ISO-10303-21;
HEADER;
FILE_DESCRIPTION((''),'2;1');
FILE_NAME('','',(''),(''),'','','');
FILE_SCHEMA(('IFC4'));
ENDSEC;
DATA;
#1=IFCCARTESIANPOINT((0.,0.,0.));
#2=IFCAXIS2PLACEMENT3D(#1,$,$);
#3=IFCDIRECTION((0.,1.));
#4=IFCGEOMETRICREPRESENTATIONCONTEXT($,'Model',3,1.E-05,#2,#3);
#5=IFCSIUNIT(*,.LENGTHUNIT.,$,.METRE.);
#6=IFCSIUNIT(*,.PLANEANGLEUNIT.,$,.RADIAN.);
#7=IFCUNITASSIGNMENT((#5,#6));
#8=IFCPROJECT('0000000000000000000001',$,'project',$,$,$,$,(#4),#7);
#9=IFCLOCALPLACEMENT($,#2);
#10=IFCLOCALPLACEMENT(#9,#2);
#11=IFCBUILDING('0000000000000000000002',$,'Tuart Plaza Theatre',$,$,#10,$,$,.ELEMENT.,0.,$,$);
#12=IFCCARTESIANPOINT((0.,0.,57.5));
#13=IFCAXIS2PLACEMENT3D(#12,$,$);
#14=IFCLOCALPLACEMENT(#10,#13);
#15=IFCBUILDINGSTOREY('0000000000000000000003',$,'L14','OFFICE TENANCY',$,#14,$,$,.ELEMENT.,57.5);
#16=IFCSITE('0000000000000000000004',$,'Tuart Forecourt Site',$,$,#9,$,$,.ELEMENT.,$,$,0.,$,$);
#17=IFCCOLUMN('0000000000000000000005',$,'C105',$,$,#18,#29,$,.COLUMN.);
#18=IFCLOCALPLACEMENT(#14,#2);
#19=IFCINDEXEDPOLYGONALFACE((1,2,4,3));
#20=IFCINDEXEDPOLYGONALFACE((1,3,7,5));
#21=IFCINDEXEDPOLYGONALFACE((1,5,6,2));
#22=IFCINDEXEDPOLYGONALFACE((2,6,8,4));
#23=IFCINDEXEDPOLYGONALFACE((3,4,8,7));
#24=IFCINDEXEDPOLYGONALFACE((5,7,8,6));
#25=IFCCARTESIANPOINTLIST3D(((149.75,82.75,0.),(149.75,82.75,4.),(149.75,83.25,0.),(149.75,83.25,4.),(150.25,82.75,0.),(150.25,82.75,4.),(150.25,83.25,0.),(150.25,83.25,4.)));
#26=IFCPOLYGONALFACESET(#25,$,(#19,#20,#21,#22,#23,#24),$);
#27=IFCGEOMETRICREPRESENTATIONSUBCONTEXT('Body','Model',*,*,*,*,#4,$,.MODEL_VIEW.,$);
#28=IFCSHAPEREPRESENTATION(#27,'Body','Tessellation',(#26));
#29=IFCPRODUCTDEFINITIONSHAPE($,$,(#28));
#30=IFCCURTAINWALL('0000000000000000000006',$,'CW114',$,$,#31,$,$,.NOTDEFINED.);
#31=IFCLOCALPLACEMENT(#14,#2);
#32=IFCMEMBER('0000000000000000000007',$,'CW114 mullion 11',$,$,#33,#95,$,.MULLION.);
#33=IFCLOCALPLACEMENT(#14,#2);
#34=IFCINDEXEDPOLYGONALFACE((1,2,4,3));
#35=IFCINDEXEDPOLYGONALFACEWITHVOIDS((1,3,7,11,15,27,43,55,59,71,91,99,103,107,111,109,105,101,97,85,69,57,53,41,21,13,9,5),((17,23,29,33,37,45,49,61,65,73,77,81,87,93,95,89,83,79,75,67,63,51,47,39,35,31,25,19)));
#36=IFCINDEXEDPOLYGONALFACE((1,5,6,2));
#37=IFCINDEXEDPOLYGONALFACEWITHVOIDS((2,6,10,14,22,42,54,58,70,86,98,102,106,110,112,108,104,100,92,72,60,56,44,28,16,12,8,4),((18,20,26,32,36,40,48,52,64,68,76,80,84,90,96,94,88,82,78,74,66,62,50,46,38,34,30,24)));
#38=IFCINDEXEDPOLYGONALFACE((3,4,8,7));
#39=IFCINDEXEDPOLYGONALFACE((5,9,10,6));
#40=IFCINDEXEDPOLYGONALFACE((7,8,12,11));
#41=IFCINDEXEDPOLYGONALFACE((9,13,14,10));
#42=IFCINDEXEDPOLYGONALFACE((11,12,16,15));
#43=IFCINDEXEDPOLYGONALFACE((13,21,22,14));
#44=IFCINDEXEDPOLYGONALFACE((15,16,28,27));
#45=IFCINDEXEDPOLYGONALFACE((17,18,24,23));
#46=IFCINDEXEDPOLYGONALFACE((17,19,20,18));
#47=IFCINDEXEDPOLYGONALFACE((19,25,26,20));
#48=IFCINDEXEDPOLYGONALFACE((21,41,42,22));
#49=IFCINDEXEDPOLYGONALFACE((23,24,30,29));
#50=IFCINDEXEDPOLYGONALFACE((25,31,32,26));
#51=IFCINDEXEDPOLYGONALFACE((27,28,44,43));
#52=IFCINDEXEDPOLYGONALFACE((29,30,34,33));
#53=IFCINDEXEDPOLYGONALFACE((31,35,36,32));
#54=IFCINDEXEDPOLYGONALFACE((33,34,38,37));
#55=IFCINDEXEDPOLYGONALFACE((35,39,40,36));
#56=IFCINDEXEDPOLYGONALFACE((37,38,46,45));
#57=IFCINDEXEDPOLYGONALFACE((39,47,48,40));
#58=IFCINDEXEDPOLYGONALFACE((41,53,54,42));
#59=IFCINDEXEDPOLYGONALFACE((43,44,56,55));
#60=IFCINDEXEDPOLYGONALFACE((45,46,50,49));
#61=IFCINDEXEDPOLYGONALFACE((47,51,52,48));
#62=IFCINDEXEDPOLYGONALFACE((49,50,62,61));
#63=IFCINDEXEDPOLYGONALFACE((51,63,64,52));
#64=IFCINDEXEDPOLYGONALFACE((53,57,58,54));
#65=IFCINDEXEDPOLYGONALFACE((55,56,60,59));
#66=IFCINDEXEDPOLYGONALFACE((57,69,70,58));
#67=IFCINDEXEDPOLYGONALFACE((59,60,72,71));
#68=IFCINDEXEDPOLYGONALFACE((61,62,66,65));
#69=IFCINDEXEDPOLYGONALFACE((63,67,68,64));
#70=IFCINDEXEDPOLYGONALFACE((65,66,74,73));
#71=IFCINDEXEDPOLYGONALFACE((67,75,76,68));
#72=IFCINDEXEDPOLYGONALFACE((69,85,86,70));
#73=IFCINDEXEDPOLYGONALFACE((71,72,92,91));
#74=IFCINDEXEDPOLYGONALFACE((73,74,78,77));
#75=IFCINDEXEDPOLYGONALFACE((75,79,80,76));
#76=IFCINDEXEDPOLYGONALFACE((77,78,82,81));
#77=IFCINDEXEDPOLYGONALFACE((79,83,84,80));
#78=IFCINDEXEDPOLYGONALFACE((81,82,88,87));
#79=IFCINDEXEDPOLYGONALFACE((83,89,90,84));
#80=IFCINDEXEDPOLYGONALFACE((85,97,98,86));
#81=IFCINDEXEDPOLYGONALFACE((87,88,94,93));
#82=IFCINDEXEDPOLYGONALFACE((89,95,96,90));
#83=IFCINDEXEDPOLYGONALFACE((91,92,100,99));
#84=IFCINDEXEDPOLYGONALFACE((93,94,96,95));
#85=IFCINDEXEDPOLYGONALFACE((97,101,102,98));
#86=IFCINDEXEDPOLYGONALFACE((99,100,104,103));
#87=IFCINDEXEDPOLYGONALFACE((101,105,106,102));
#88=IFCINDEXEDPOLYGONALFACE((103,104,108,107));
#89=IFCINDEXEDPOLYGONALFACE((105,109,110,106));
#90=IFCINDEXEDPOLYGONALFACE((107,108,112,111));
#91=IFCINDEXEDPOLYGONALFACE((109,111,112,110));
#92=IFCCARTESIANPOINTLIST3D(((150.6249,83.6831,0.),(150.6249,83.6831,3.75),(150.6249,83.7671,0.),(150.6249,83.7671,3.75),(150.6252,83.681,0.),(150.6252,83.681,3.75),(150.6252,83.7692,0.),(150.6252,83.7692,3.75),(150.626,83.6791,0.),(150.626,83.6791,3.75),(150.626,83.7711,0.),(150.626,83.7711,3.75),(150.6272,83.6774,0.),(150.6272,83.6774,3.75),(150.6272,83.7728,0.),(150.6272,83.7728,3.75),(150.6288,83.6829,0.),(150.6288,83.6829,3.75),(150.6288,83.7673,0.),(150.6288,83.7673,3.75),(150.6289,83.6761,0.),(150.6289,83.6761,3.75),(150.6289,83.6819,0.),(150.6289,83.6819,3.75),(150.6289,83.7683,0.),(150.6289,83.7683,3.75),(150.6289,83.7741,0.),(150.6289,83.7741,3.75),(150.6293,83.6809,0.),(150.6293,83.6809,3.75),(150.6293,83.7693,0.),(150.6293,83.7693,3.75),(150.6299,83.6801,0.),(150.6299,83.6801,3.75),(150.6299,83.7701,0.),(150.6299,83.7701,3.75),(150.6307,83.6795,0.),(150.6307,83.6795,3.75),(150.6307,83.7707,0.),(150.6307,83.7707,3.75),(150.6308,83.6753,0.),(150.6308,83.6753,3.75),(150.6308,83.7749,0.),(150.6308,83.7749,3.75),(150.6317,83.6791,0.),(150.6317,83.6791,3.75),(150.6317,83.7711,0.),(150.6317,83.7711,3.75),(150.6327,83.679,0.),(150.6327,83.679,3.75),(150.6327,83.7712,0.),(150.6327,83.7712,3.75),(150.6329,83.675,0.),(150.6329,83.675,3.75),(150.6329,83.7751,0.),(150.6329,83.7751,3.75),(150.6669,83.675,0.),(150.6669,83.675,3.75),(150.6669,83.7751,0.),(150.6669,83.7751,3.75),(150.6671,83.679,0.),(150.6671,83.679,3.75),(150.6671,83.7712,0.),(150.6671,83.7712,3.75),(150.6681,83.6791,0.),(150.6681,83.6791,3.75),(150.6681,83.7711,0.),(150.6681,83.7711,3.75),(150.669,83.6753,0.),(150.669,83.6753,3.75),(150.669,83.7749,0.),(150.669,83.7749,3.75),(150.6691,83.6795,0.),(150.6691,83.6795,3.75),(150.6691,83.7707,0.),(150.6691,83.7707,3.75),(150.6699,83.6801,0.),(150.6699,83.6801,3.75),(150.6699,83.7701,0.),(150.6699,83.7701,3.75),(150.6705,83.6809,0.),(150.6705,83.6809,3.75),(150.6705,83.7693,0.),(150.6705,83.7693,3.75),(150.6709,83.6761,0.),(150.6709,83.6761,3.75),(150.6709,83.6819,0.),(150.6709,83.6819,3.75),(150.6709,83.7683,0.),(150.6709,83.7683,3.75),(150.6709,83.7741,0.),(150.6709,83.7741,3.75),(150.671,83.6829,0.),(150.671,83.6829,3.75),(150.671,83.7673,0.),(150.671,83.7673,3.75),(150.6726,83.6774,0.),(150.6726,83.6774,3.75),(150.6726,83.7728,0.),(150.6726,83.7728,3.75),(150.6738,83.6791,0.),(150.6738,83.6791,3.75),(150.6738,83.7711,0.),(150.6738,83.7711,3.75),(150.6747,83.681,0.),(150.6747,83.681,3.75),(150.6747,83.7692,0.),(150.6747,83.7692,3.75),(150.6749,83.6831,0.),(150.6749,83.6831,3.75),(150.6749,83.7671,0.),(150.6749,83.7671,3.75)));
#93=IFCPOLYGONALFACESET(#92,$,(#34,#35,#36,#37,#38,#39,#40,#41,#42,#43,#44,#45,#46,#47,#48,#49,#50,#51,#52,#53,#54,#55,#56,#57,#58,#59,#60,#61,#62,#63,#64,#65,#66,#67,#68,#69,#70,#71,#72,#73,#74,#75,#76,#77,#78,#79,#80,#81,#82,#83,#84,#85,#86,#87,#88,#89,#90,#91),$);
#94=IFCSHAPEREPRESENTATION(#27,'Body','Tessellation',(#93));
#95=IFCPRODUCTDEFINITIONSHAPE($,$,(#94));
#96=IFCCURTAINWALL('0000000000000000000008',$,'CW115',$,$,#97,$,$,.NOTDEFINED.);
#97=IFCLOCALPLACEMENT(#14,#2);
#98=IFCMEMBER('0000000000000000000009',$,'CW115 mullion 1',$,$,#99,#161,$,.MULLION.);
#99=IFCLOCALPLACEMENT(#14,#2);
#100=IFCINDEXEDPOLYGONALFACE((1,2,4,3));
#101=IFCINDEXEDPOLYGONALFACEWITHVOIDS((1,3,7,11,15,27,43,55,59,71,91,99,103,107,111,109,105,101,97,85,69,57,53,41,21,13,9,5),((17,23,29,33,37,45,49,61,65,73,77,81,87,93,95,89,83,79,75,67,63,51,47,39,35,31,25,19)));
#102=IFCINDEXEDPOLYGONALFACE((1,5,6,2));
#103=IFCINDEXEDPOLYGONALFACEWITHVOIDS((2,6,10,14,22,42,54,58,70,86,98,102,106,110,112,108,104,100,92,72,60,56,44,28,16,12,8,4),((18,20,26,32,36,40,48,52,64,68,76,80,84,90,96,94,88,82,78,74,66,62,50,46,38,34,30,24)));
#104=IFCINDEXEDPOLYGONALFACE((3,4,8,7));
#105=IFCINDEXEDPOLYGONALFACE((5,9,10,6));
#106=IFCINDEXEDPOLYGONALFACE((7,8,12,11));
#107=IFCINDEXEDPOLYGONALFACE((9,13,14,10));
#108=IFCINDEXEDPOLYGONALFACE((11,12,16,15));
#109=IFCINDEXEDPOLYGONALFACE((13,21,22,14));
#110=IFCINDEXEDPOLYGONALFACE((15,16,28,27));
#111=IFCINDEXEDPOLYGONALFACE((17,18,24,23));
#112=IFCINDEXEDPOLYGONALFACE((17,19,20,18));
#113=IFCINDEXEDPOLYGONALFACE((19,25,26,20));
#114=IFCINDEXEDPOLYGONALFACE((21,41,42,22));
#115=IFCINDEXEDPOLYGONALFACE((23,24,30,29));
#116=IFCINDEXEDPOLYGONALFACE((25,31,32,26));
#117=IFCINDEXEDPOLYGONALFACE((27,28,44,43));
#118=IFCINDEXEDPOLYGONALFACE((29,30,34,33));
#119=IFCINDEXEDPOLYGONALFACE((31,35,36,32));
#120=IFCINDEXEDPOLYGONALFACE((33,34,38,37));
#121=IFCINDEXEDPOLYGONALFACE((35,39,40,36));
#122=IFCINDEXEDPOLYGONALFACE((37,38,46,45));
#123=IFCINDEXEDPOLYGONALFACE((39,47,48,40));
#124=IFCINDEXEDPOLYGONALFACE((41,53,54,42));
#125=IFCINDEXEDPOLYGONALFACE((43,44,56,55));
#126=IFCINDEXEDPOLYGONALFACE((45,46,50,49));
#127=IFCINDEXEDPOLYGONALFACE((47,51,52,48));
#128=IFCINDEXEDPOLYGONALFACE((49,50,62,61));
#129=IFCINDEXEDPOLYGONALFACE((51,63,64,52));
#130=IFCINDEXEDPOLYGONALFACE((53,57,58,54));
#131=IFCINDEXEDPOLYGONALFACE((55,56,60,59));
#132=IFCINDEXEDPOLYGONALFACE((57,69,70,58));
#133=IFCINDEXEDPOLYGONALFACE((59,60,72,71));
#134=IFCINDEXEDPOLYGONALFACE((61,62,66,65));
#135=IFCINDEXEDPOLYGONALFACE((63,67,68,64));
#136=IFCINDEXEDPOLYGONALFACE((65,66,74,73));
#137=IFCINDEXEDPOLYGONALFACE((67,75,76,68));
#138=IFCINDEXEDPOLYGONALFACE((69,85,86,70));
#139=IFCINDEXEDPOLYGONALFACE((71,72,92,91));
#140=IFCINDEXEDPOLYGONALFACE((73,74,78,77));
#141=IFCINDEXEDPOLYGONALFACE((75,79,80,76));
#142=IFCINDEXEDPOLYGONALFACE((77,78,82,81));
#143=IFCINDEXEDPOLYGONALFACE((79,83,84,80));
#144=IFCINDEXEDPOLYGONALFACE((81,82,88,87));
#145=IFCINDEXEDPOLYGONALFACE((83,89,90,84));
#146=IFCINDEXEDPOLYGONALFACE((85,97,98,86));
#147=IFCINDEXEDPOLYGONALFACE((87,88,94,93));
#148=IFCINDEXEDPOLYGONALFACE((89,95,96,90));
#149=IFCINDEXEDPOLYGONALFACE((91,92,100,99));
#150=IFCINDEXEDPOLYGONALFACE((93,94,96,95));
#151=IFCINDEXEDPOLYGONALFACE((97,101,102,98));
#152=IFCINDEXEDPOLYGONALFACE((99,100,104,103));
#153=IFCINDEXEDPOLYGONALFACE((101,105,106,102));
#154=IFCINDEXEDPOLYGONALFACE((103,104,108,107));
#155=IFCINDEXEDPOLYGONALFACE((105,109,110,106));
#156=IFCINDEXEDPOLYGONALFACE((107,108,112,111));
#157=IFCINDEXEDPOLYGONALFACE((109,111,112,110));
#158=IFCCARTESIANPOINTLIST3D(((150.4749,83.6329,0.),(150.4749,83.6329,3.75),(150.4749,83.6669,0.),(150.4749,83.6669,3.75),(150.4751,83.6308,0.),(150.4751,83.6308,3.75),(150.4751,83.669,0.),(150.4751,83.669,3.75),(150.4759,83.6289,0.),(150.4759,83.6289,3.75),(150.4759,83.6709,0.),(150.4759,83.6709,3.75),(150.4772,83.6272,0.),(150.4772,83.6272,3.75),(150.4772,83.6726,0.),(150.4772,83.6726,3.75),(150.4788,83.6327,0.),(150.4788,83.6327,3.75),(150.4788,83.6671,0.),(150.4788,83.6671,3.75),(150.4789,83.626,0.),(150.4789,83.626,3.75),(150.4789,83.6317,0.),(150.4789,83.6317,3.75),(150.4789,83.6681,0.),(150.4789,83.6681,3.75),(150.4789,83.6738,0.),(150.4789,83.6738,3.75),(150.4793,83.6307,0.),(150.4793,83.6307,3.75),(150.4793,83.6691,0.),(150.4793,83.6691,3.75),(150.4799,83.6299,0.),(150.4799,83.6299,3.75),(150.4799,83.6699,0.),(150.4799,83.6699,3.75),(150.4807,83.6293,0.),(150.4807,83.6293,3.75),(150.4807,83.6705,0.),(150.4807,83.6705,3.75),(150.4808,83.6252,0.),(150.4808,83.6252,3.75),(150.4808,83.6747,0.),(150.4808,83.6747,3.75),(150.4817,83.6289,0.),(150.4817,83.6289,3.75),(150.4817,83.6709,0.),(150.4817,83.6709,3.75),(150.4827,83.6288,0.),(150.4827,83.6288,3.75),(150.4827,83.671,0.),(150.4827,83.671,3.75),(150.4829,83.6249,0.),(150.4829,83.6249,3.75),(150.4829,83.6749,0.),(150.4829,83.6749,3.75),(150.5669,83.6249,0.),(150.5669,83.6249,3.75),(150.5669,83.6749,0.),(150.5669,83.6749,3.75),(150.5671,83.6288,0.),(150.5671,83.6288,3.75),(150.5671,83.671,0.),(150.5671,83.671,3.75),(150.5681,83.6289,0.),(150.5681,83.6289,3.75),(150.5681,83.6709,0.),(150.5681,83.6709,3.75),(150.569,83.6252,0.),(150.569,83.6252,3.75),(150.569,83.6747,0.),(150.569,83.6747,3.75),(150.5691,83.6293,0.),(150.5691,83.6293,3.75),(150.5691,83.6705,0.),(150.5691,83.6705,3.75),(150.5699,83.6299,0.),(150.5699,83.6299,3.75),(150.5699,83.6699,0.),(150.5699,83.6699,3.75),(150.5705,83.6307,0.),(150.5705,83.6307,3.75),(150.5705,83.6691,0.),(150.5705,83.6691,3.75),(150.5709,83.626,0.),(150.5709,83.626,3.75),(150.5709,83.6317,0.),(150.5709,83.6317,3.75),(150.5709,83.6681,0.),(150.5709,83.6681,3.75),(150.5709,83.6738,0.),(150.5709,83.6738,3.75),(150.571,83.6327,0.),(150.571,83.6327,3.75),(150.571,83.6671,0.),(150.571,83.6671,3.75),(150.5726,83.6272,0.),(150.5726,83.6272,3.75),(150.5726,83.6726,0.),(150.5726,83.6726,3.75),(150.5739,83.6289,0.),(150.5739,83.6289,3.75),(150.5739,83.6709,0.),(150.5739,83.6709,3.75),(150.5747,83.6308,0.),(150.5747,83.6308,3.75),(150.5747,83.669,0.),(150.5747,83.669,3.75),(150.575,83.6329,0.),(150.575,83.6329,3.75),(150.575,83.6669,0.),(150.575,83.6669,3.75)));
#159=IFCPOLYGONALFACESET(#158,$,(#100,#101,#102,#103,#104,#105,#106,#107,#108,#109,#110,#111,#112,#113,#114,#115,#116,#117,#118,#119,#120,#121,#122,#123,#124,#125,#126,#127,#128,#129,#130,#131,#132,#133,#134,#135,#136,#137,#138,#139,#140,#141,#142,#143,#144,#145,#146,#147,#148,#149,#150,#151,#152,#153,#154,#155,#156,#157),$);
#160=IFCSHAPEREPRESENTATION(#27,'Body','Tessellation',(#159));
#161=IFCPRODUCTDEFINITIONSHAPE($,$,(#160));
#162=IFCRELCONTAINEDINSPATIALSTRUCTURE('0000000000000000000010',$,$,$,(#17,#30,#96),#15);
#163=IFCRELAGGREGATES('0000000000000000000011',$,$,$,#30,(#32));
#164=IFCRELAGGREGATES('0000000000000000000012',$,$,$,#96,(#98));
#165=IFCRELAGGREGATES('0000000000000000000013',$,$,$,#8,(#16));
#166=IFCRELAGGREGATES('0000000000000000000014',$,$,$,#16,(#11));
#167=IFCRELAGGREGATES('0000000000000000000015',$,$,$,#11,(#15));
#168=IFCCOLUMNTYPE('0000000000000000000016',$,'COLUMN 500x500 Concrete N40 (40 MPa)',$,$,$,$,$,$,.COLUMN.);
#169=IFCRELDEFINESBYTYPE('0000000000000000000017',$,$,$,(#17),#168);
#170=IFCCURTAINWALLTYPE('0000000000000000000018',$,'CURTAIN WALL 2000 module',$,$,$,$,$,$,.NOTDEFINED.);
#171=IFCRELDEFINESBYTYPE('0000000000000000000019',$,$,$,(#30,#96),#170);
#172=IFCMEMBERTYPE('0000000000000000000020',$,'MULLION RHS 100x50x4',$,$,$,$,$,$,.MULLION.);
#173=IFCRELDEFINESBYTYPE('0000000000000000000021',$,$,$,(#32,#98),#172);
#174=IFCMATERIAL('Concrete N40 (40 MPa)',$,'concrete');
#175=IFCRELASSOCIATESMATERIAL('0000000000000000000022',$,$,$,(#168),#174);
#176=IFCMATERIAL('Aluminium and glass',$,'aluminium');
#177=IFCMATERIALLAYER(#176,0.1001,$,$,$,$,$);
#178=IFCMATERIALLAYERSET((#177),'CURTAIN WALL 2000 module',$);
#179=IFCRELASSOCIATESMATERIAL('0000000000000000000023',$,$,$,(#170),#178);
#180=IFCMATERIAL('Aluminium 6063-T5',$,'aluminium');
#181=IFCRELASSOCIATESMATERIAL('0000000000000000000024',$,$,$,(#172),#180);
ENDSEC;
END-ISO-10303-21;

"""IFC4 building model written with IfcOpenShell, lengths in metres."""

from ifc_helpers import new_model, si_unit, direction, frame, origin, origin_2d, place, context, subcontext, project, spatial, rectangle, hollow_rectangle, extrude, material, layer, layer_set, material_profile, profile_set, type_object, element, aggregate, save


model = new_model("IFC4")

# Units and contexts
model_context = context("Model", 3, precision=1e-05, world=origin(), true_north=direction((0.0, 1.0)))
body_context = subcontext(model_context, "Body", "Model", "MODEL_VIEW")
ifc_project = project(units=[si_unit("LENGTHUNIT", "METRE"), si_unit("PLANEANGLEUNIT", "RADIAN")], contexts=[model_context])

# Site, building, storey
site_placement = place(None, origin())
site = spatial("IfcSite", under=ifc_project, at=site_placement, Name="Tuart Forecourt Site", CompositionType="ELEMENT", RefElevation=0.0)
building_placement = place(site_placement, origin())
building = spatial("IfcBuilding", under=site, at=building_placement, Name="Tuart Plaza Theatre", CompositionType="ELEMENT", ElevationOfRefHeight=0.0)
storey_placement = place(building_placement, frame((0.0, 0.0, 57.5)))
storey = spatial("IfcBuildingStorey", under=building, at=storey_placement, Name="L14", Description="OFFICE TENANCY", CompositionType="ELEMENT", Elevation=57.5)

# Column
ifc_material_1 = material(Name="Concrete N40 (40 MPa)", Category="concrete")
ifc_material_profile_1 = material_profile(ifc_material_1, rectangle(XDim=0.5, YDim=0.5, at=origin_2d()), Name="COLUMN 500x500 Concrete N40 (40 MPa)")
ifc_profile_set_1 = profile_set([ifc_material_profile_1], Name="Concrete N40 (40 MPa)")
column_type = type_object("IfcColumnType", Name="COLUMN 500x500 Concrete N40 (40 MPa)", PredefinedType="COLUMN", material=ifc_profile_set_1)
column_placement = place(storey_placement, frame((150.0, 83.0, 0.0), z_axis=(0.0, 0.0, 1.0), x_axis=(1.0, 0.0, 0.0)))
element("IfcColumn", 1, at=column_placement, inside=storey, type_object=column_type, Name="C105", PredefinedType="COLUMN", context=body_context, shape_type="SweptSolid", body=[
    extrude(rectangle(XDim=0.5, YDim=0.5, at=origin_2d()), origin(), (0.0, 0.0, 1.0), 4.0),
])

# Curtain wall, member
ifc_material_2 = material(Name="Aluminium and glass", Category="aluminium")
ifc_layer_1 = layer(ifc_material_2, 0.1001)
ifc_layer_set_1 = layer_set([ifc_layer_1], Name="CURTAIN WALL 2000 module")
curtain_wall_type = type_object("IfcCurtainWallType", Name="CURTAIN WALL 2000 module", PredefinedType="NOTDEFINED", material=ifc_layer_set_1)
curtain_wall_1_placement = place(storey_placement, origin())
curtain_wall_1 = element("IfcCurtainWall", 2, at=curtain_wall_1_placement, inside=storey, type_object=curtain_wall_type, Name="CW114", PredefinedType="NOTDEFINED")
ifc_material_3 = material(Name="Aluminium 6063-T5", Category="aluminium")
ifc_material_profile_2 = material_profile(ifc_material_3, hollow_rectangle(XDim=0.05, YDim=0.1001, WallThickness=0.0039, InnerFilletRadius=0.0039, OuterFilletRadius=0.0081, at=origin_2d()), Name="RHS 100x50x4")
ifc_profile_set_2 = profile_set([ifc_material_profile_2], Name="Aluminium 6063-T5")
member_type_1 = type_object("IfcMemberType", Name="MULLION RHS 100x50x4", PredefinedType="MULLION", material=ifc_profile_set_2)
member_1_placement = place(storey_placement, frame((150.6499, 83.7251, 0.0), z_axis=(0.0, 0.0, 1.0), x_axis=(-1.0, 0.0, 0.0)))
member_1 = element("IfcMember", 3, at=member_1_placement, type_object=member_type_1, Name="CW114 mullion 11", PredefinedType="MULLION", context=body_context, shape_type="SweptSolid", body=[
    extrude(hollow_rectangle(XDim=0.05, YDim=0.1001, WallThickness=0.0039, InnerFilletRadius=0.0039, OuterFilletRadius=0.0081, at=origin_2d()), origin(), (0.0, 0.0, 1.0), 3.75),
])

# Curtain wall, member
curtain_wall_2_placement = place(storey_placement, origin())
curtain_wall_2 = element("IfcCurtainWall", 4, at=curtain_wall_2_placement, inside=storey, type_object=curtain_wall_type, Name="CW115", PredefinedType="NOTDEFINED")
member_2_placement = place(storey_placement, frame((150.5249, 83.6499, 0.0), z_axis=(0.0, 0.0, 1.0), x_axis=(0.0, -1.0, 0.0)))
member_2 = element("IfcMember", 5, at=member_2_placement, type_object=member_type_1, Name="CW115 mullion 1", PredefinedType="MULLION", context=body_context, shape_type="SweptSolid", body=[
    extrude(hollow_rectangle(XDim=0.05, YDim=0.1001, WallThickness=0.0039, InnerFilletRadius=0.0039, OuterFilletRadius=0.0081, at=origin_2d()), origin(), (0.0, 0.0, 1.0), 3.75),
])

aggregate(curtain_wall_1, [member_1])
aggregate(curtain_wall_2, [member_2])

save(model, "model.ifc")
